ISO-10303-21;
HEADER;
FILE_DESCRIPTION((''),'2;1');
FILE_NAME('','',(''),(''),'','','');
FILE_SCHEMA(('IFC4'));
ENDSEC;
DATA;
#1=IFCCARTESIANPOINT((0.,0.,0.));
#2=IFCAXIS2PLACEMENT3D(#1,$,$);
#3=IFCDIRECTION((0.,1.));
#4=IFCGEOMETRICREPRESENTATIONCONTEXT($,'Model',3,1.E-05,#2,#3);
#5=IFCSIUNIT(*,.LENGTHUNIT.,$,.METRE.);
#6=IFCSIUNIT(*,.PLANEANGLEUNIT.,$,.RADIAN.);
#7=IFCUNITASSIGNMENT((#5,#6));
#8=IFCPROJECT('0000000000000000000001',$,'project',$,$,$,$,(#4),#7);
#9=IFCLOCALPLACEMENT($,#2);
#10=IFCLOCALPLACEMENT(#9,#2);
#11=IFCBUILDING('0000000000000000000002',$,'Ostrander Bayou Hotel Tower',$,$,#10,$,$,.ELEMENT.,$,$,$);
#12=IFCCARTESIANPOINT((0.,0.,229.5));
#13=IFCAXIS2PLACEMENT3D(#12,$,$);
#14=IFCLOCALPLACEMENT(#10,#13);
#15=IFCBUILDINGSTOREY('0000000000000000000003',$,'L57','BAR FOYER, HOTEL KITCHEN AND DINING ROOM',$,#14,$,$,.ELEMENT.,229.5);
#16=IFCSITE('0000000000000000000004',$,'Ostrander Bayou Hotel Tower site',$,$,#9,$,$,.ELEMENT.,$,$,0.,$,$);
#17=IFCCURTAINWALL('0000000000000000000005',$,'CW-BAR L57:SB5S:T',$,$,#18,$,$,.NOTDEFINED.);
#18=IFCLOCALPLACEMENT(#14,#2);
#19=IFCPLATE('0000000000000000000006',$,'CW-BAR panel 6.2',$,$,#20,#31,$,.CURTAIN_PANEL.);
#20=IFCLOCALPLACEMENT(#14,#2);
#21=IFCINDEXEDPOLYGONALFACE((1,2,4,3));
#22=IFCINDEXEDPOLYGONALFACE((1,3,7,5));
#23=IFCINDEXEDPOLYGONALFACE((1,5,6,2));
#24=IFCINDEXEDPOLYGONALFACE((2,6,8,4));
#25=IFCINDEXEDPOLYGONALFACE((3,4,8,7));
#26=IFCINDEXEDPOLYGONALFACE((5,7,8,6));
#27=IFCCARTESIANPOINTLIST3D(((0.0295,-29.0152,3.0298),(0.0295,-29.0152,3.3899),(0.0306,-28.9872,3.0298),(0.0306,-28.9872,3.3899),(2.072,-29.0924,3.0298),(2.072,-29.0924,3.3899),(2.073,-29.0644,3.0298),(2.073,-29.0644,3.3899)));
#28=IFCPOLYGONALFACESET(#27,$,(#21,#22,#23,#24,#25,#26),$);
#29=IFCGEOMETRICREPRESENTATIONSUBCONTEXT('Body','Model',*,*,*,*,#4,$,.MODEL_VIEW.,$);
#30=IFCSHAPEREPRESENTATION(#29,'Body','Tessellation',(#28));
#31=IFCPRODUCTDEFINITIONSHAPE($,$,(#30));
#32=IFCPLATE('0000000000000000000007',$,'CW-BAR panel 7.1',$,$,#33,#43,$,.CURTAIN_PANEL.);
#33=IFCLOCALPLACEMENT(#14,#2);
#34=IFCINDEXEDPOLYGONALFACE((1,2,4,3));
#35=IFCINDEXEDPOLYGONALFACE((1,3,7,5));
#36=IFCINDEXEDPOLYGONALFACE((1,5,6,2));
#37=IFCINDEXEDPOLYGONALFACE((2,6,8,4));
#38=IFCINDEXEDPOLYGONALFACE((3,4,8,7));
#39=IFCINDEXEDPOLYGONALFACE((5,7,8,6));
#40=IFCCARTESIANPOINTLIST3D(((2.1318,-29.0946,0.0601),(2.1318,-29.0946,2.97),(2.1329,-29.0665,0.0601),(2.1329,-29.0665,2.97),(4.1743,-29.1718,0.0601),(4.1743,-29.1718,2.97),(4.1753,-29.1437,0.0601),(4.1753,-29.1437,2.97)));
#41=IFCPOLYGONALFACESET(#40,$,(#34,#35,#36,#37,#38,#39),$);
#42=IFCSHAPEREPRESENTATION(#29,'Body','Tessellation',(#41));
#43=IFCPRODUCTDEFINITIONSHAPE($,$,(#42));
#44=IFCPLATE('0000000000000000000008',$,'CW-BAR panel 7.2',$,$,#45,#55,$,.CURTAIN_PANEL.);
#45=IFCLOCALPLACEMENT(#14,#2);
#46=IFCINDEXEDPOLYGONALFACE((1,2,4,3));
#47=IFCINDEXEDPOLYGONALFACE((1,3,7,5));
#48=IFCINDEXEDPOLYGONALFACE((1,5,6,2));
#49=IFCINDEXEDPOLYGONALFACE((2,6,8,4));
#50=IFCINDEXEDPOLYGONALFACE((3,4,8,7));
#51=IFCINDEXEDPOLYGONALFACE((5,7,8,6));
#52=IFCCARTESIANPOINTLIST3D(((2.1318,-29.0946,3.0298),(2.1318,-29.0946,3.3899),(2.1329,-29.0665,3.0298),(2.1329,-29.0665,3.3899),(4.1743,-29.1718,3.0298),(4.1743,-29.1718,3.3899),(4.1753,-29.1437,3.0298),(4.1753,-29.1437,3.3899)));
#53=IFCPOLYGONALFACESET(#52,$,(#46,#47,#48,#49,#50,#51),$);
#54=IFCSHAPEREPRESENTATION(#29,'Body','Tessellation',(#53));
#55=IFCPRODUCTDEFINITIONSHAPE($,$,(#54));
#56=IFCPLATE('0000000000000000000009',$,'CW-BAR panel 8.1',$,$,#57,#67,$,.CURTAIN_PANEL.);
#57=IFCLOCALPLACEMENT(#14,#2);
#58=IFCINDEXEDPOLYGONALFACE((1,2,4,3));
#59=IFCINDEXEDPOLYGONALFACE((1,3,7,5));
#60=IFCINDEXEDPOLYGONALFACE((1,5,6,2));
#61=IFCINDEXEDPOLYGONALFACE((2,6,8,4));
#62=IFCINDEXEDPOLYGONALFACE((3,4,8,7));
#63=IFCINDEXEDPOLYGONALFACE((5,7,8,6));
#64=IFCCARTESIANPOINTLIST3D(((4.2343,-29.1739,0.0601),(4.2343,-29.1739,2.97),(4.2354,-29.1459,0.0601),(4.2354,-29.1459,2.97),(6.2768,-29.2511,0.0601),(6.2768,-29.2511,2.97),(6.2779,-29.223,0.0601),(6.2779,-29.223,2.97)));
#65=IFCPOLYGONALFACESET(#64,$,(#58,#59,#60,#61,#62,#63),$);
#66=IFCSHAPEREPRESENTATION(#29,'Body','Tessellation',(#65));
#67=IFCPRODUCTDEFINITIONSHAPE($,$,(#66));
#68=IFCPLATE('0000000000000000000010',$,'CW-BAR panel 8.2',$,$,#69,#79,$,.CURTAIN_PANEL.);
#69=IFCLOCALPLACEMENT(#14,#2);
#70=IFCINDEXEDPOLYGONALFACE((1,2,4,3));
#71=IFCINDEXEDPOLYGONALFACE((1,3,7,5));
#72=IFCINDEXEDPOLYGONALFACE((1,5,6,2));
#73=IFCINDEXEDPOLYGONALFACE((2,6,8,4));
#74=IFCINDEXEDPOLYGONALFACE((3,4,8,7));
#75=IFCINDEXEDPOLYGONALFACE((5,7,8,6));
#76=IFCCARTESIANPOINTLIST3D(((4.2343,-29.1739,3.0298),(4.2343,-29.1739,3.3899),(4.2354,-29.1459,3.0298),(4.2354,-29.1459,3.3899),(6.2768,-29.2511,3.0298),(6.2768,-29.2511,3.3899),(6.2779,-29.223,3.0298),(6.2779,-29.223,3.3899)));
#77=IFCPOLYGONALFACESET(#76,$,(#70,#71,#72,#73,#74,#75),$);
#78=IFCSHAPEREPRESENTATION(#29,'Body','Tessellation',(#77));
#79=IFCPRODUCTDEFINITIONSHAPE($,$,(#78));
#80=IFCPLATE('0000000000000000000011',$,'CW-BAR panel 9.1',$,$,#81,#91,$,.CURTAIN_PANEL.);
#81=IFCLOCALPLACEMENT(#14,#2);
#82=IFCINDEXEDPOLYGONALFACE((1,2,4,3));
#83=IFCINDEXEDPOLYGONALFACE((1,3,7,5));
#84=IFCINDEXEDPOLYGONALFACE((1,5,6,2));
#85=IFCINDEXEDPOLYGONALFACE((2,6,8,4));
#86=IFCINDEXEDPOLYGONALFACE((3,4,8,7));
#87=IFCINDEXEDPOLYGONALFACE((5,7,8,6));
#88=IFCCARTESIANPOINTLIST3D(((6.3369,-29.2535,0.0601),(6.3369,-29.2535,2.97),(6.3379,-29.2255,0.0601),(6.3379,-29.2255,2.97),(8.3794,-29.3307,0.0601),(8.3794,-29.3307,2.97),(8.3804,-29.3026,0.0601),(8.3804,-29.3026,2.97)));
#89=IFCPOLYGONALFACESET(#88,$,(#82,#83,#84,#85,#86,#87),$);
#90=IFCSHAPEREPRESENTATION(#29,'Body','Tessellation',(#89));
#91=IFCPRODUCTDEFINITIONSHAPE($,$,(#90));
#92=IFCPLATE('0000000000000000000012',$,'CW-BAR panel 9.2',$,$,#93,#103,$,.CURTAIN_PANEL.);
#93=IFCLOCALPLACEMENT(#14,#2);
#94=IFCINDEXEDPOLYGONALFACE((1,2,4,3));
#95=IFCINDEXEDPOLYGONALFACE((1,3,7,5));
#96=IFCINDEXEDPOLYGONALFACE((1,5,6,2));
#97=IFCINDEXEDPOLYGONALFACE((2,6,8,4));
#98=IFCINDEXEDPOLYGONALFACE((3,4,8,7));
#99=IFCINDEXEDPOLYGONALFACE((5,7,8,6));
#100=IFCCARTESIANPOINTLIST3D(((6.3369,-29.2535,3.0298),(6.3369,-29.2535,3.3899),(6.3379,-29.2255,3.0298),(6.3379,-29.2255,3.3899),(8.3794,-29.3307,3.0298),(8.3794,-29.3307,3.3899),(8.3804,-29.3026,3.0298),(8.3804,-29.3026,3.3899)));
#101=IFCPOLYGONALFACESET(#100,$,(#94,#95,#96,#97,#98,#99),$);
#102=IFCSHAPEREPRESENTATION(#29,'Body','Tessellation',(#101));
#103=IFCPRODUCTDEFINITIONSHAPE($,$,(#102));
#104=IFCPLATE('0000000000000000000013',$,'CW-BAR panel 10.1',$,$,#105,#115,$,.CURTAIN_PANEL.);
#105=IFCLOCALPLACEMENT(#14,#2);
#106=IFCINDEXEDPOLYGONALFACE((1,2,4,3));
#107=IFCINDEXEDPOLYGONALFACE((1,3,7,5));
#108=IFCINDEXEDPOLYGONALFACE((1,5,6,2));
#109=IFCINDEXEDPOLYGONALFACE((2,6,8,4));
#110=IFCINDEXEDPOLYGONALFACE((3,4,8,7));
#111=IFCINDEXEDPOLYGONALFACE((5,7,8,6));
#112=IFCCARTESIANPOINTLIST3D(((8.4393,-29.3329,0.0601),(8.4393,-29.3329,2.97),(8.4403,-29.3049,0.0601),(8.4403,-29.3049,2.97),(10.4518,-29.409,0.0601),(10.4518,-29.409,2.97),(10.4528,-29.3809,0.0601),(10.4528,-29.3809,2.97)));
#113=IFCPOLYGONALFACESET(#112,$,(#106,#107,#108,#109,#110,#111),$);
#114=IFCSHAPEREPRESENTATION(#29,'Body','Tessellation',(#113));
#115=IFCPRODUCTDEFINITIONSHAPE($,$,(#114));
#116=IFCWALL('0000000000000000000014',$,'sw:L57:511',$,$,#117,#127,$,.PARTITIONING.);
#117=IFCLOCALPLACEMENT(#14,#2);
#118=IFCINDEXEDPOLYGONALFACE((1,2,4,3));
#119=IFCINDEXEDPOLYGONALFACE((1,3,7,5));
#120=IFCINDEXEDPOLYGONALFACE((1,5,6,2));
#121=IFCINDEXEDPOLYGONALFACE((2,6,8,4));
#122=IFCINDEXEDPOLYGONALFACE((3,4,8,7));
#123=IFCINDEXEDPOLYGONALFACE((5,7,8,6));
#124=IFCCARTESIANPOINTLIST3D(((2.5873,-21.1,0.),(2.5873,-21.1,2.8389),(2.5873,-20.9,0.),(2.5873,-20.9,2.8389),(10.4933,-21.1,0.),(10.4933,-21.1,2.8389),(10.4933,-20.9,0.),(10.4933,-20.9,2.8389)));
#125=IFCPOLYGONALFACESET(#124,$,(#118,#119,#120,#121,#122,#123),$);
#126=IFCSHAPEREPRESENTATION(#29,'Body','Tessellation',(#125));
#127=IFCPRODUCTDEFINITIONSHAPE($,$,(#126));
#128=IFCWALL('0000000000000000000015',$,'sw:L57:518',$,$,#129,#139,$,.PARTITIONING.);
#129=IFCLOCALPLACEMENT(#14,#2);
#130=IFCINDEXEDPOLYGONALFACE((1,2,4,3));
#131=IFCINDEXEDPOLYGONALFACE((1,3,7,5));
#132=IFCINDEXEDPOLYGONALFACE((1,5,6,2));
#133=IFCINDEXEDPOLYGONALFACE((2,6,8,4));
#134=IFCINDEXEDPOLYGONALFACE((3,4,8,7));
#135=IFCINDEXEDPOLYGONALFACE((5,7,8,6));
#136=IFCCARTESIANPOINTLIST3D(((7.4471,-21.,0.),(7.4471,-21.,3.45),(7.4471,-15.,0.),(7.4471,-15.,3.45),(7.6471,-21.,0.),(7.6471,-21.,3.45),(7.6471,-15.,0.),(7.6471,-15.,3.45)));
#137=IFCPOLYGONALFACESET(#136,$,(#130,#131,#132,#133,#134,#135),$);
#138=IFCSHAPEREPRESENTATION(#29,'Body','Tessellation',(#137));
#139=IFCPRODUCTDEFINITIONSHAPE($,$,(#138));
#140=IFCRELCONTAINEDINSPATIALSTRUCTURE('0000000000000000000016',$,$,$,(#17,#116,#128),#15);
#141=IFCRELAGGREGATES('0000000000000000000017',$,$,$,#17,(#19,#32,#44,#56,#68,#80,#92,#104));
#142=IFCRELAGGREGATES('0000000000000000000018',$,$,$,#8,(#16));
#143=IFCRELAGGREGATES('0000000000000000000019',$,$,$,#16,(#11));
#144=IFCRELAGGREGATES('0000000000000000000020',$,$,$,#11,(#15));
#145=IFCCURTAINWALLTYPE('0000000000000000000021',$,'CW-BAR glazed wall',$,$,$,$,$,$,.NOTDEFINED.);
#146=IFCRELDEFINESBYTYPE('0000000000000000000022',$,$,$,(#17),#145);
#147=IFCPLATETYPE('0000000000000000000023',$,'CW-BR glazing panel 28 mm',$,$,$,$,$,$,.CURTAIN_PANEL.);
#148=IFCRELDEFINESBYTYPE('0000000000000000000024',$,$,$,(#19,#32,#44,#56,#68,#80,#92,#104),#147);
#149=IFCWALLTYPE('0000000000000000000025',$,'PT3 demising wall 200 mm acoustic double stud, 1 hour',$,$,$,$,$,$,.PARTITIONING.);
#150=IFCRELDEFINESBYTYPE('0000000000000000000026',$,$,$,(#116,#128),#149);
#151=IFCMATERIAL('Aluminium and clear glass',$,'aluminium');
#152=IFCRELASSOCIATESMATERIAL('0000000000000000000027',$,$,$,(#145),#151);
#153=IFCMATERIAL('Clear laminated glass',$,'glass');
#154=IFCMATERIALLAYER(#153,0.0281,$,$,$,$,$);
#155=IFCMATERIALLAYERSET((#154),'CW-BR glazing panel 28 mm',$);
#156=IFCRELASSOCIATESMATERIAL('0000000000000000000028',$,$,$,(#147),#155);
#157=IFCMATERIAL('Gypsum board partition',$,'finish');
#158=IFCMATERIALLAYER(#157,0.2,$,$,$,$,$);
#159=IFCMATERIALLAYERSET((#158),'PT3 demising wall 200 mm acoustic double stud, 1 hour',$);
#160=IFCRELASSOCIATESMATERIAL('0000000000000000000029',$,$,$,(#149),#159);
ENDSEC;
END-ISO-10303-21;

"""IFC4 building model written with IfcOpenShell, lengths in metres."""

from ifc_helpers import new_model, si_unit, direction, frame, frame_2d, origin, origin_2d, place, context, subcontext, project, spatial, rectangle, extrude, material, layer, layer_set, type_object, element, aggregate, save


model = new_model("IFC4")

# Units and contexts
model_context = context("Model", 3, precision=1e-05, world=origin(), true_north=direction((0.0, 1.0)))
body_context = subcontext(model_context, "Body", "Model", "MODEL_VIEW")
ifc_project = project(units=[si_unit("LENGTHUNIT", "METRE"), si_unit("PLANEANGLEUNIT", "RADIAN")], contexts=[model_context])

# Site, building, storey
site_placement = place(None, origin())
site = spatial("IfcSite", under=ifc_project, at=site_placement, Name="Ostrander Bayou Hotel Tower site", CompositionType="ELEMENT", RefElevation=0.0)
building_placement = place(site_placement, origin())
building = spatial("IfcBuilding", under=site, at=building_placement, Name="Ostrander Bayou Hotel Tower", CompositionType="ELEMENT")
storey_placement = place(building_placement, frame((0.0, 0.0, 229.5)))
storey = spatial("IfcBuildingStorey", under=building, at=storey_placement, Name="L57", Description="BAR FOYER, HOTEL KITCHEN AND DINING ROOM", CompositionType="ELEMENT", Elevation=229.5)

# Curtain wall, plates
ifc_material_1 = material(Name="Aluminium and clear glass", Category="aluminium")
curtain_wall_type = type_object("IfcCurtainWallType", Name="CW-BAR glazed wall", PredefinedType="NOTDEFINED", material=ifc_material_1)
curtain_wall_placement = place(storey_placement, origin())
curtain_wall = element("IfcCurtainWall", 1, at=curtain_wall_placement, inside=storey, type_object=curtain_wall_type, Name="CW-BAR L57:SB5S:T", PredefinedType="NOTDEFINED")
ifc_material_2 = material(Name="Clear laminated glass", Category="glass")
ifc_layer_1 = layer(ifc_material_2, 0.0281)
ifc_layer_set_1 = layer_set([ifc_layer_1], Name="CW-BR glazing panel 28 mm")
plate_type = type_object("IfcPlateType", Name="CW-BR glazing panel 28 mm", PredefinedType="CURTAIN_PANEL", material=ifc_layer_set_1)
plate_1_placement = place(storey_placement, frame((1.0513, -29.0398, 3.0298), z_axis=(0.0, 0.0, 1.0), x_axis=(0.999287, -0.037758, 0.0)))
plate_1 = element("IfcPlate", 2, at=plate_1_placement, type_object=plate_type, Name="CW-BAR panel 6.2", PredefinedType="CURTAIN_PANEL", context=body_context, shape_type="SweptSolid", body=[
    extrude(rectangle(XDim=2.0439, YDim=0.0281, at=origin_2d()), origin(), (0.0, 0.0, 1.0), 0.3601),
])
plate_2_placement = place(storey_placement, frame((3.1536, -29.1191, 0.0601), z_axis=(0.0, 0.0, 1.0), x_axis=(0.999287, -0.037758, 0.0)))
plate_2 = element("IfcPlate", 3, at=plate_2_placement, type_object=plate_type, Name="CW-BAR panel 7.1", PredefinedType="CURTAIN_PANEL", context=body_context, shape_type="SweptSolid", body=[
    extrude(rectangle(XDim=2.0439, YDim=0.0281, at=origin_2d()), origin(), (0.0, 0.0, 1.0), 2.9099),
])
plate_3_placement = place(storey_placement, frame((3.1536, -29.1191, 3.0298), z_axis=(0.0, 0.0, 1.0), x_axis=(0.999287, -0.037758, 0.0)))
plate_3 = element("IfcPlate", 4, at=plate_3_placement, type_object=plate_type, Name="CW-BAR panel 7.2", PredefinedType="CURTAIN_PANEL", context=body_context, shape_type="SweptSolid", body=[
    extrude(rectangle(XDim=2.0439, YDim=0.0281, at=origin_2d()), origin(), (0.0, 0.0, 1.0), 0.3601),
])
plate_4_placement = place(storey_placement, frame((5.2561, -29.1985, 0.0601), z_axis=(0.0, 0.0, 1.0), x_axis=(0.999287, -0.037758, 0.0)))
plate_4 = element("IfcPlate", 5, at=plate_4_placement, type_object=plate_type, Name="CW-BAR panel 8.1", PredefinedType="CURTAIN_PANEL", context=body_context, shape_type="SweptSolid", body=[
    extrude(rectangle(XDim=2.0439, YDim=0.0281, at=origin_2d()), origin(), (0.0, 0.0, 1.0), 2.9099),
])
plate_5_placement = place(storey_placement, frame((5.2561, -29.1985, 3.0298), z_axis=(0.0, 0.0, 1.0), x_axis=(0.999287, -0.037758, 0.0)))
plate_5 = element("IfcPlate", 6, at=plate_5_placement, type_object=plate_type, Name="CW-BAR panel 8.2", PredefinedType="CURTAIN_PANEL", context=body_context, shape_type="SweptSolid", body=[
    extrude(rectangle(XDim=2.0439, YDim=0.0281, at=origin_2d()), origin(), (0.0, 0.0, 1.0), 0.3601),
])
plate_6_placement = place(storey_placement, frame((7.3586, -29.2781, 0.0601), z_axis=(0.0, 0.0, 1.0), x_axis=(0.999287, -0.037758, 0.0)))
plate_6 = element("IfcPlate", 7, at=plate_6_placement, type_object=plate_type, Name="CW-BAR panel 9.1", PredefinedType="CURTAIN_PANEL", context=body_context, shape_type="SweptSolid", body=[
    extrude(rectangle(XDim=2.0439, YDim=0.0281, at=origin_2d()), origin(), (0.0, 0.0, 1.0), 2.9099),
])
plate_7_placement = place(storey_placement, frame((7.3586, -29.2781, 3.0298), z_axis=(0.0, 0.0, 1.0), x_axis=(0.999287, -0.037758, 0.0)))
plate_7 = element("IfcPlate", 8, at=plate_7_placement, type_object=plate_type, Name="CW-BAR panel 9.2", PredefinedType="CURTAIN_PANEL", context=body_context, shape_type="SweptSolid", body=[
    extrude(rectangle(XDim=2.0439, YDim=0.0281, at=origin_2d()), origin(), (0.0, 0.0, 1.0), 0.3601),
])
plate_8_placement = place(storey_placement, frame((9.446, -29.3569, 0.0601), z_axis=(0.0, 0.0, 1.0), x_axis=(0.999287, -0.037758, 0.0)))
plate_8 = element("IfcPlate", 9, at=plate_8_placement, type_object=plate_type, Name="CW-BAR panel 10.1", PredefinedType="CURTAIN_PANEL", context=body_context, shape_type="SweptSolid", body=[
    extrude(rectangle(XDim=2.0139, YDim=0.0281, at=origin_2d()), origin(), (0.0, 0.0, 1.0), 2.9099),
])
aggregate(curtain_wall, [plate_1, plate_2, plate_3, plate_4, plate_5, plate_6, plate_7, plate_8])

# Wall
ifc_material_3 = material(Name="Gypsum board partition", Category="finish")
ifc_layer_2 = layer(ifc_material_3, 0.2)
ifc_layer_set_2 = layer_set([ifc_layer_2], Name="PT3 demising wall 200 mm acoustic double stud, 1 hour")
wall_type = type_object("IfcWallType", Name="PT3 demising wall 200 mm acoustic double stud, 1 hour", PredefinedType="PARTITIONING", material=ifc_layer_set_2)
wall_1_placement = place(storey_placement, frame((2.5872, -21.0, 0.0), z_axis=(0.0, 0.0, 1.0), x_axis=(1.0, 0.0, 0.0)))
element("IfcWall", 10, at=wall_1_placement, inside=storey, type_object=wall_type, Name="sw:L57:511", PredefinedType="PARTITIONING", context=body_context, shape_type="SweptSolid", body=[
    extrude(rectangle(XDim=7.906, YDim=0.2, at=frame_2d((3.9531, 0.0))), origin(), (0.0, 0.0, 1.0), 2.8389),
])

# Wall
wall_2_placement = place(storey_placement, frame((7.5471, -21.0, 0.0), z_axis=(0.0, 0.0, 1.0), x_axis=(0.0, 1.0, 0.0)))
element("IfcWall", 11, at=wall_2_placement, inside=storey, type_object=wall_type, Name="sw:L57:518", PredefinedType="PARTITIONING", context=body_context, shape_type="SweptSolid", body=[
    extrude(rectangle(XDim=6.0, YDim=0.2, at=frame_2d((3.0, 0.0))), origin(), (0.0, 0.0, 1.0), 3.45),
])

save(model, "model.ifc")
